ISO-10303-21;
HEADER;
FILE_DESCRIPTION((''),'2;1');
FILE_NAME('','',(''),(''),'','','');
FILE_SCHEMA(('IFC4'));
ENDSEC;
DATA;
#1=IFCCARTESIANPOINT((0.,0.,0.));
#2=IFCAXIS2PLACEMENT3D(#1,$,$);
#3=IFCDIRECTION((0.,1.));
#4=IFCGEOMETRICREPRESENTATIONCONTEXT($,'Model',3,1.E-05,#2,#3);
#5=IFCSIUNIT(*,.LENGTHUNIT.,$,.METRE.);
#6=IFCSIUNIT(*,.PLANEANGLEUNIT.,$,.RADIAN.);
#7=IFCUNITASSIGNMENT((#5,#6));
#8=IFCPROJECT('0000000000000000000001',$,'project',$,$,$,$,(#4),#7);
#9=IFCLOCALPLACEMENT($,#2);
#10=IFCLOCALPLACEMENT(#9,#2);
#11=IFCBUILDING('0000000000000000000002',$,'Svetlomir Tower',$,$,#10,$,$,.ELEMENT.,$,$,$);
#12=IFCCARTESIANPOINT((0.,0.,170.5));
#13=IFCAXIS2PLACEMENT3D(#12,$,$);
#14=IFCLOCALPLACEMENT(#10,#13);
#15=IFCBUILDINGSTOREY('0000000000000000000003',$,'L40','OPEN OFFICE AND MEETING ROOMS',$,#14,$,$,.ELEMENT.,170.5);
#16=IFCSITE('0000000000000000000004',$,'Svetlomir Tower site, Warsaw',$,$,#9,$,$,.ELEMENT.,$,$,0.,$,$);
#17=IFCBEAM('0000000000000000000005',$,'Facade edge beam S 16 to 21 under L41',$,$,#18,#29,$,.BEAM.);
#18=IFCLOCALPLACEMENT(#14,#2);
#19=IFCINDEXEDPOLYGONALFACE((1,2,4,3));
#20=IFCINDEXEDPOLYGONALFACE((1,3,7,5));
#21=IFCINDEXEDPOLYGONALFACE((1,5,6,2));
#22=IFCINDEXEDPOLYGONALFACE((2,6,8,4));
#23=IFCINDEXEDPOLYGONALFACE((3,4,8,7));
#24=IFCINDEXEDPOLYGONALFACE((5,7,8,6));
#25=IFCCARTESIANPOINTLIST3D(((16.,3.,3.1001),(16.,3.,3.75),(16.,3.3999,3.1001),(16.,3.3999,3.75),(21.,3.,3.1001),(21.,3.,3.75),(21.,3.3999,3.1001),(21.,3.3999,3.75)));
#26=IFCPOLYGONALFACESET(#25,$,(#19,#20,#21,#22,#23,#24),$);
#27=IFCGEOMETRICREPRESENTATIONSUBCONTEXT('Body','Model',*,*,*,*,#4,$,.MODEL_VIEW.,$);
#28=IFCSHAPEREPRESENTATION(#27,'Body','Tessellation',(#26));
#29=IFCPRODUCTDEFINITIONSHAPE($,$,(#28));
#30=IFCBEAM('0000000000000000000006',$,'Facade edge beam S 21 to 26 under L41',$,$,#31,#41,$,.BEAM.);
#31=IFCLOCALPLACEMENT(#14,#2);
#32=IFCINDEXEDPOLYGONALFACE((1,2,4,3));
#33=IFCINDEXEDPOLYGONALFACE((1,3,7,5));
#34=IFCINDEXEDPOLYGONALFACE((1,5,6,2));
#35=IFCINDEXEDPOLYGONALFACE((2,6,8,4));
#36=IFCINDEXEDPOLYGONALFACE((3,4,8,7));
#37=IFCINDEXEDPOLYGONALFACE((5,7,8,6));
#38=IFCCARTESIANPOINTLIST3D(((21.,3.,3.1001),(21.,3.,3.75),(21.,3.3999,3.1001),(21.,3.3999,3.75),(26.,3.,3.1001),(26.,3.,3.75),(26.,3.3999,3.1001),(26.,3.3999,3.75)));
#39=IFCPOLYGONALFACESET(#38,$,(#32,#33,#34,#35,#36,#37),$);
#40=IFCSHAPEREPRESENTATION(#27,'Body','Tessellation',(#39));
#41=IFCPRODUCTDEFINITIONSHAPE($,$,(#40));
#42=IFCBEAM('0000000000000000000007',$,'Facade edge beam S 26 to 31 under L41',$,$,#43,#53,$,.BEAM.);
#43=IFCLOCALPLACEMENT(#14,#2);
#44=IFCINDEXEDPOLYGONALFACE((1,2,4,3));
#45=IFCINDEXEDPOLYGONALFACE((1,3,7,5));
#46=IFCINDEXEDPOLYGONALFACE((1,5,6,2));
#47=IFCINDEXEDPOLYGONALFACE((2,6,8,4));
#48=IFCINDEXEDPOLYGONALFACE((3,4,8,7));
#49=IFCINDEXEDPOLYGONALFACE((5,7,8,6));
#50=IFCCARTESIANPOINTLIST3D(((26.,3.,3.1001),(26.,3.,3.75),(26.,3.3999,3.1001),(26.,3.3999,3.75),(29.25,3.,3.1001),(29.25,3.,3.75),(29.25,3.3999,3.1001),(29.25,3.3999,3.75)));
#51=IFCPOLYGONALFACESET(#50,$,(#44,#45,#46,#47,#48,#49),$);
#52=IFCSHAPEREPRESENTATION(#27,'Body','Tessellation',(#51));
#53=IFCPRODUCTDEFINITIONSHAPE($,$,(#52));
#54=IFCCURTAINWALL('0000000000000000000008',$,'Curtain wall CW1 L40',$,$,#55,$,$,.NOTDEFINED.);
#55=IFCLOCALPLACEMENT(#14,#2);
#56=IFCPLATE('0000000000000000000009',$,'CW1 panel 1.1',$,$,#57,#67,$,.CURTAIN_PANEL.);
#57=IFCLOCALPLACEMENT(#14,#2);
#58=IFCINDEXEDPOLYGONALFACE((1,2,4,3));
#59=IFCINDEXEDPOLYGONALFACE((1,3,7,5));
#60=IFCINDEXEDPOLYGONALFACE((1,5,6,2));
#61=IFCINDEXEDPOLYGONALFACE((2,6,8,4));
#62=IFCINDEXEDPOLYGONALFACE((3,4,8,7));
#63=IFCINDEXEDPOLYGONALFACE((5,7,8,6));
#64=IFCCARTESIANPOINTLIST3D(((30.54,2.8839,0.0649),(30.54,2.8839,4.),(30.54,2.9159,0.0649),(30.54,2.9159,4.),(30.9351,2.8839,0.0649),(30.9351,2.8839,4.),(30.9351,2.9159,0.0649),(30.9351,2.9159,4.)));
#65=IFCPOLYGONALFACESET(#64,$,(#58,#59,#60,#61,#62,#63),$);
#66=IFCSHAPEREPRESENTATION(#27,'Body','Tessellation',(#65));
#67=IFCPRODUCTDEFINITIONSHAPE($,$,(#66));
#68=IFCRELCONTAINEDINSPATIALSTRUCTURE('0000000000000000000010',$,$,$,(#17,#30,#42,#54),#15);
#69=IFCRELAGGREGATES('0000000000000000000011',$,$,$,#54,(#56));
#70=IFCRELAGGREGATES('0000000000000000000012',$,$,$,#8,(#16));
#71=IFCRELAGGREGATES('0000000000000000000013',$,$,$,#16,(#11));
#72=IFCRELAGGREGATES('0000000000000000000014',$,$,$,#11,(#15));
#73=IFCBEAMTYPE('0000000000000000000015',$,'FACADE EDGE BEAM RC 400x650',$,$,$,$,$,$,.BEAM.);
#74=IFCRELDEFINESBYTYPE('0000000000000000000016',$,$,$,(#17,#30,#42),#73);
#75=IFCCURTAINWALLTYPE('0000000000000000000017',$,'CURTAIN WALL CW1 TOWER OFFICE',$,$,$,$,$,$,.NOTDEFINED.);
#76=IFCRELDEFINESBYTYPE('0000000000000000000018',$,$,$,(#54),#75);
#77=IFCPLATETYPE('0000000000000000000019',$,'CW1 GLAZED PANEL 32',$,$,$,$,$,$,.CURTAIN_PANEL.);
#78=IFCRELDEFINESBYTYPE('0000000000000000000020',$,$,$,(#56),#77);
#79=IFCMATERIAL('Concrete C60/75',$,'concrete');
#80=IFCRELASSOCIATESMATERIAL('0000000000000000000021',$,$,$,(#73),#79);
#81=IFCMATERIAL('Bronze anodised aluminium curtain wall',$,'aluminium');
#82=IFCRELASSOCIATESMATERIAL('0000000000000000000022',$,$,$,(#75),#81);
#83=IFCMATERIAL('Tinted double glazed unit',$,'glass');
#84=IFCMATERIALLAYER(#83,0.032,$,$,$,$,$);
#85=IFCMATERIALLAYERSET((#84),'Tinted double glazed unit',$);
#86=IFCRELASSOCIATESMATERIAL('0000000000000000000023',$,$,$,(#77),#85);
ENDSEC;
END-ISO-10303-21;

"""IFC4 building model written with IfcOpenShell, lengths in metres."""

from ifc_helpers import new_model, si_unit, direction, frame, origin, origin_2d, place, context, subcontext, project, spatial, rectangle, extrude, material, layer, layer_set, material_profile, profile_set, type_object, element, aggregate, save


model = new_model("IFC4")

# Units and contexts
model_context = context("Model", 3, precision=1e-05, world=origin(), true_north=direction((0.0, 1.0)))
body_context = subcontext(model_context, "Body", "Model", "MODEL_VIEW")
ifc_project = project(units=[si_unit("LENGTHUNIT", "METRE"), si_unit("PLANEANGLEUNIT", "RADIAN")], contexts=[model_context])

# Site, building, storey
site_placement = place(None, origin())
site = spatial("IfcSite", under=ifc_project, at=site_placement, Name="Svetlomir Tower site, Warsaw", CompositionType="ELEMENT", RefElevation=0.0)
building_placement = place(site_placement, origin())
building = spatial("IfcBuilding", under=site, at=building_placement, Name="Svetlomir Tower", CompositionType="ELEMENT")
storey_placement = place(building_placement, frame((0.0, 0.0, 170.5)))
storey = spatial("IfcBuildingStorey", under=building, at=storey_placement, Name="L40", Description="OPEN OFFICE AND MEETING ROOMS", CompositionType="ELEMENT", Elevation=170.5)

# Beams
ifc_material_1 = material(Name="Concrete C60/75", Category="concrete")
ifc_material_profile = material_profile(ifc_material_1, rectangle(XDim=0.3999, YDim=0.6499, at=origin_2d()), Name="RC 400x650")
ifc_profile_set = profile_set([ifc_material_profile], Name="Concrete C60/75")
beam_type = type_object("IfcBeamType", Name="FACADE EDGE BEAM RC 400x650", PredefinedType="BEAM", material=ifc_profile_set)
for number, where, z_axis, x_axis, name in (
    (1, (16.0, 3.2, 3.425), (1.0, 0.0, 0.0), (0.0, 1.0, 0.0), "Facade edge beam S 16 to 21 under L41"),
    (2, (21.0, 3.2, 3.425), (1.0, 0.0, 0.0), (0.0, 1.0, 0.0), "Facade edge beam S 21 to 26 under L41"),
):
    element("IfcBeam", number, at=place(storey_placement, frame(where, z_axis=z_axis, x_axis=x_axis)), inside=storey, type_object=beam_type, Name=name, PredefinedType="BEAM", context=body_context, shape_type="SweptSolid", body=[
        extrude(rectangle(XDim=0.3999, YDim=0.6499, at=origin_2d()), origin(), (0.0, 0.0, 1.0), 5.0),
    ])
beam_placement = place(storey_placement, frame((26.0, 3.2, 3.425), z_axis=(1.0, 0.0, 0.0), x_axis=(0.0, 1.0, 0.0)))
element("IfcBeam", 3, at=beam_placement, inside=storey, type_object=beam_type, Name="Facade edge beam S 26 to 31 under L41", PredefinedType="BEAM", context=body_context, shape_type="SweptSolid", body=[
    extrude(rectangle(XDim=0.3999, YDim=0.6499, at=origin_2d()), origin(), (0.0, 0.0, 1.0), 3.25),
])

# Curtain wall, plate
ifc_material_2 = material(Name="Bronze anodised aluminium curtain wall", Category="aluminium")
curtain_wall_type = type_object("IfcCurtainWallType", Name="CURTAIN WALL CW1 TOWER OFFICE", PredefinedType="NOTDEFINED", material=ifc_material_2)
curtain_wall_placement = place(storey_placement, origin())
curtain_wall = element("IfcCurtainWall", 4, at=curtain_wall_placement, inside=storey, type_object=curtain_wall_type, Name="Curtain wall CW1 L40", PredefinedType="NOTDEFINED")
ifc_material_3 = material(Name="Tinted double glazed unit", Category="glass")
ifc_layer_1 = layer(ifc_material_3, 0.032)
ifc_layer_set_1 = layer_set([ifc_layer_1], Name="Tinted double glazed unit")
plate_type = type_object("IfcPlateType", Name="CW1 GLAZED PANEL 32", PredefinedType="CURTAIN_PANEL", material=ifc_layer_set_1)
plate_placement = place(storey_placement, frame((30.7375, 2.8999, 0.0649), z_axis=(0.0, 0.0, 1.0), x_axis=(1.0, 0.0, 0.0)))
plate = element("IfcPlate", 5, at=plate_placement, type_object=plate_type, Name="CW1 panel 1.1", PredefinedType="CURTAIN_PANEL", context=body_context, shape_type="SweptSolid", body=[
    extrude(rectangle(XDim=0.395, YDim=0.032, at=origin_2d()), origin(), (0.0, 0.0, 1.0), 3.9351),
])
aggregate(curtain_wall, [plate])

save(model, "model.ifc")
